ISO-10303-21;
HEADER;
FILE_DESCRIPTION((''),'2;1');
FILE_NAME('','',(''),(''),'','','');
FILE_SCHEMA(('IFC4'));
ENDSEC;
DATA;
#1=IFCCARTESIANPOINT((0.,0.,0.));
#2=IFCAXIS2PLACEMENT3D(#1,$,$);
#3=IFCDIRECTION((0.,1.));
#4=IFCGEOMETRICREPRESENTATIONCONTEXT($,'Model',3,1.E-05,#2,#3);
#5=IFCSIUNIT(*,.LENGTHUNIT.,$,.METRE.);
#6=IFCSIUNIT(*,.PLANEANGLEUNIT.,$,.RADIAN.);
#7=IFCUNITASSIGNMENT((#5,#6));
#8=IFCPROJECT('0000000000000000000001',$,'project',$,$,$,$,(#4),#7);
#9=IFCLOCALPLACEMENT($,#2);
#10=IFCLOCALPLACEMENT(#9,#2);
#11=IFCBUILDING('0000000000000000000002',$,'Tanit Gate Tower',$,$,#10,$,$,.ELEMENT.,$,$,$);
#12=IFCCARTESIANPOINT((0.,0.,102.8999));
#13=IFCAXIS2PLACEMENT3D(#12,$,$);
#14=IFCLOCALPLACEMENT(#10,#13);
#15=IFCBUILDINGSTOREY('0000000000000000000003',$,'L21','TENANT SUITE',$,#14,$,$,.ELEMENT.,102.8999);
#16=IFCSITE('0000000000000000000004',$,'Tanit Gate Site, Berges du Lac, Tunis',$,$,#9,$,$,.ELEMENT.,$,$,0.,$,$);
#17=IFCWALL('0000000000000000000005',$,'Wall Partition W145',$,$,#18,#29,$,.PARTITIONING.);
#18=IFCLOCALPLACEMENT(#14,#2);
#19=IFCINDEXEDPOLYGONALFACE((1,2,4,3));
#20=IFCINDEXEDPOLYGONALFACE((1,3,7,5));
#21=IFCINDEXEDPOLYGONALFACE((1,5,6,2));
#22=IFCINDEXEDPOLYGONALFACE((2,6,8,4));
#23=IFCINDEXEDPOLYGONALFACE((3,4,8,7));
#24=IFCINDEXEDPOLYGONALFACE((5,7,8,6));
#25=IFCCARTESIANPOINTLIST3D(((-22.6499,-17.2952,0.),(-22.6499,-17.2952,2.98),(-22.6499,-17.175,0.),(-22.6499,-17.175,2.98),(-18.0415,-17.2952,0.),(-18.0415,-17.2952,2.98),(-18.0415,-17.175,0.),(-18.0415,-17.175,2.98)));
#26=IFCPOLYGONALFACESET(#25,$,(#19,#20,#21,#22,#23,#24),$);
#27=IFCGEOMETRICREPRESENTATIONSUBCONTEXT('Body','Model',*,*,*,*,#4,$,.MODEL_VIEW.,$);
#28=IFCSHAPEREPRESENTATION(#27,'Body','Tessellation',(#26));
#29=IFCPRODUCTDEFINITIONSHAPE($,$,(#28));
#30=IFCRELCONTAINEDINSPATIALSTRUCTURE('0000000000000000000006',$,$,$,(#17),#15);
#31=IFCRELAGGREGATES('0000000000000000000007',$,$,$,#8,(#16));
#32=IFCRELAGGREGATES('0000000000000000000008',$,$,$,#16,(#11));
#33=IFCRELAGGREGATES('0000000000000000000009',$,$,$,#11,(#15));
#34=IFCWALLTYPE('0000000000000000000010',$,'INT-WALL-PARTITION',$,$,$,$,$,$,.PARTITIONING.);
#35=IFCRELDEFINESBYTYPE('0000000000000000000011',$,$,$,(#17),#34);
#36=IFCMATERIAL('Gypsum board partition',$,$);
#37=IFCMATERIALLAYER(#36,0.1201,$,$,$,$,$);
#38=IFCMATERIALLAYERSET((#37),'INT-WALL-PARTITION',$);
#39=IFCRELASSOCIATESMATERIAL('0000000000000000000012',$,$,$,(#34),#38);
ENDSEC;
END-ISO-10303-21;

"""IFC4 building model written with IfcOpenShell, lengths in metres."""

from ifc_helpers import new_model, si_unit, direction, frame, frame_2d, origin, place, context, subcontext, project, spatial, rectangle, extrude, material, layer, layer_set, type_object, element, save


model = new_model("IFC4")

# Units and contexts
model_context = context("Model", 3, precision=1e-05, world=origin(), true_north=direction((0.0, 1.0)))
body_context = subcontext(model_context, "Body", "Model", "MODEL_VIEW")
ifc_project = project(units=[si_unit("LENGTHUNIT", "METRE"), si_unit("PLANEANGLEUNIT", "RADIAN")], contexts=[model_context])

# Site, building, storey
site_placement = place(None, origin())
site = spatial("IfcSite", under=ifc_project, at=site_placement, Name="Tanit Gate Site, Berges du Lac, Tunis", CompositionType="ELEMENT", RefElevation=0.0)
building_placement = place(site_placement, origin())
building = spatial("IfcBuilding", under=site, at=building_placement, Name="Tanit Gate Tower", CompositionType="ELEMENT")
storey_placement = place(building_placement, frame((0.0, 0.0, 102.8999)))
storey = spatial("IfcBuildingStorey", under=building, at=storey_placement, Name="L21", Description="TENANT SUITE", CompositionType="ELEMENT", Elevation=102.8999)

# Shared definitions
ifc_material_1 = material(Name="Gypsum board partition")
ifc_layer_1 = layer(ifc_material_1, 0.1201)
ifc_layer_set_1 = layer_set([ifc_layer_1], Name="INT-WALL-PARTITION")
wall_type_1 = type_object("IfcWallType", Name="INT-WALL-PARTITION", PredefinedType="PARTITIONING", material=ifc_layer_set_1)

# Wall
wall_1_placement = place(storey_placement, frame((-18.0415, -17.2351, 0.0), z_axis=(0.0, 0.0, 1.0), x_axis=(-1.0, 0.0, 0.0)))
element("IfcWall", 1, at=wall_1_placement, inside=storey, type_object=wall_type_1, Name="Wall Partition W145", PredefinedType="PARTITIONING", context=body_context, shape_type="SweptSolid", body=[
    extrude(rectangle(XDim=4.6084, YDim=0.1201, at=frame_2d((2.3042, 0.0))), origin(), (0.0, 0.0, 1.0), 2.98),
])

save(model, "model.ifc")
